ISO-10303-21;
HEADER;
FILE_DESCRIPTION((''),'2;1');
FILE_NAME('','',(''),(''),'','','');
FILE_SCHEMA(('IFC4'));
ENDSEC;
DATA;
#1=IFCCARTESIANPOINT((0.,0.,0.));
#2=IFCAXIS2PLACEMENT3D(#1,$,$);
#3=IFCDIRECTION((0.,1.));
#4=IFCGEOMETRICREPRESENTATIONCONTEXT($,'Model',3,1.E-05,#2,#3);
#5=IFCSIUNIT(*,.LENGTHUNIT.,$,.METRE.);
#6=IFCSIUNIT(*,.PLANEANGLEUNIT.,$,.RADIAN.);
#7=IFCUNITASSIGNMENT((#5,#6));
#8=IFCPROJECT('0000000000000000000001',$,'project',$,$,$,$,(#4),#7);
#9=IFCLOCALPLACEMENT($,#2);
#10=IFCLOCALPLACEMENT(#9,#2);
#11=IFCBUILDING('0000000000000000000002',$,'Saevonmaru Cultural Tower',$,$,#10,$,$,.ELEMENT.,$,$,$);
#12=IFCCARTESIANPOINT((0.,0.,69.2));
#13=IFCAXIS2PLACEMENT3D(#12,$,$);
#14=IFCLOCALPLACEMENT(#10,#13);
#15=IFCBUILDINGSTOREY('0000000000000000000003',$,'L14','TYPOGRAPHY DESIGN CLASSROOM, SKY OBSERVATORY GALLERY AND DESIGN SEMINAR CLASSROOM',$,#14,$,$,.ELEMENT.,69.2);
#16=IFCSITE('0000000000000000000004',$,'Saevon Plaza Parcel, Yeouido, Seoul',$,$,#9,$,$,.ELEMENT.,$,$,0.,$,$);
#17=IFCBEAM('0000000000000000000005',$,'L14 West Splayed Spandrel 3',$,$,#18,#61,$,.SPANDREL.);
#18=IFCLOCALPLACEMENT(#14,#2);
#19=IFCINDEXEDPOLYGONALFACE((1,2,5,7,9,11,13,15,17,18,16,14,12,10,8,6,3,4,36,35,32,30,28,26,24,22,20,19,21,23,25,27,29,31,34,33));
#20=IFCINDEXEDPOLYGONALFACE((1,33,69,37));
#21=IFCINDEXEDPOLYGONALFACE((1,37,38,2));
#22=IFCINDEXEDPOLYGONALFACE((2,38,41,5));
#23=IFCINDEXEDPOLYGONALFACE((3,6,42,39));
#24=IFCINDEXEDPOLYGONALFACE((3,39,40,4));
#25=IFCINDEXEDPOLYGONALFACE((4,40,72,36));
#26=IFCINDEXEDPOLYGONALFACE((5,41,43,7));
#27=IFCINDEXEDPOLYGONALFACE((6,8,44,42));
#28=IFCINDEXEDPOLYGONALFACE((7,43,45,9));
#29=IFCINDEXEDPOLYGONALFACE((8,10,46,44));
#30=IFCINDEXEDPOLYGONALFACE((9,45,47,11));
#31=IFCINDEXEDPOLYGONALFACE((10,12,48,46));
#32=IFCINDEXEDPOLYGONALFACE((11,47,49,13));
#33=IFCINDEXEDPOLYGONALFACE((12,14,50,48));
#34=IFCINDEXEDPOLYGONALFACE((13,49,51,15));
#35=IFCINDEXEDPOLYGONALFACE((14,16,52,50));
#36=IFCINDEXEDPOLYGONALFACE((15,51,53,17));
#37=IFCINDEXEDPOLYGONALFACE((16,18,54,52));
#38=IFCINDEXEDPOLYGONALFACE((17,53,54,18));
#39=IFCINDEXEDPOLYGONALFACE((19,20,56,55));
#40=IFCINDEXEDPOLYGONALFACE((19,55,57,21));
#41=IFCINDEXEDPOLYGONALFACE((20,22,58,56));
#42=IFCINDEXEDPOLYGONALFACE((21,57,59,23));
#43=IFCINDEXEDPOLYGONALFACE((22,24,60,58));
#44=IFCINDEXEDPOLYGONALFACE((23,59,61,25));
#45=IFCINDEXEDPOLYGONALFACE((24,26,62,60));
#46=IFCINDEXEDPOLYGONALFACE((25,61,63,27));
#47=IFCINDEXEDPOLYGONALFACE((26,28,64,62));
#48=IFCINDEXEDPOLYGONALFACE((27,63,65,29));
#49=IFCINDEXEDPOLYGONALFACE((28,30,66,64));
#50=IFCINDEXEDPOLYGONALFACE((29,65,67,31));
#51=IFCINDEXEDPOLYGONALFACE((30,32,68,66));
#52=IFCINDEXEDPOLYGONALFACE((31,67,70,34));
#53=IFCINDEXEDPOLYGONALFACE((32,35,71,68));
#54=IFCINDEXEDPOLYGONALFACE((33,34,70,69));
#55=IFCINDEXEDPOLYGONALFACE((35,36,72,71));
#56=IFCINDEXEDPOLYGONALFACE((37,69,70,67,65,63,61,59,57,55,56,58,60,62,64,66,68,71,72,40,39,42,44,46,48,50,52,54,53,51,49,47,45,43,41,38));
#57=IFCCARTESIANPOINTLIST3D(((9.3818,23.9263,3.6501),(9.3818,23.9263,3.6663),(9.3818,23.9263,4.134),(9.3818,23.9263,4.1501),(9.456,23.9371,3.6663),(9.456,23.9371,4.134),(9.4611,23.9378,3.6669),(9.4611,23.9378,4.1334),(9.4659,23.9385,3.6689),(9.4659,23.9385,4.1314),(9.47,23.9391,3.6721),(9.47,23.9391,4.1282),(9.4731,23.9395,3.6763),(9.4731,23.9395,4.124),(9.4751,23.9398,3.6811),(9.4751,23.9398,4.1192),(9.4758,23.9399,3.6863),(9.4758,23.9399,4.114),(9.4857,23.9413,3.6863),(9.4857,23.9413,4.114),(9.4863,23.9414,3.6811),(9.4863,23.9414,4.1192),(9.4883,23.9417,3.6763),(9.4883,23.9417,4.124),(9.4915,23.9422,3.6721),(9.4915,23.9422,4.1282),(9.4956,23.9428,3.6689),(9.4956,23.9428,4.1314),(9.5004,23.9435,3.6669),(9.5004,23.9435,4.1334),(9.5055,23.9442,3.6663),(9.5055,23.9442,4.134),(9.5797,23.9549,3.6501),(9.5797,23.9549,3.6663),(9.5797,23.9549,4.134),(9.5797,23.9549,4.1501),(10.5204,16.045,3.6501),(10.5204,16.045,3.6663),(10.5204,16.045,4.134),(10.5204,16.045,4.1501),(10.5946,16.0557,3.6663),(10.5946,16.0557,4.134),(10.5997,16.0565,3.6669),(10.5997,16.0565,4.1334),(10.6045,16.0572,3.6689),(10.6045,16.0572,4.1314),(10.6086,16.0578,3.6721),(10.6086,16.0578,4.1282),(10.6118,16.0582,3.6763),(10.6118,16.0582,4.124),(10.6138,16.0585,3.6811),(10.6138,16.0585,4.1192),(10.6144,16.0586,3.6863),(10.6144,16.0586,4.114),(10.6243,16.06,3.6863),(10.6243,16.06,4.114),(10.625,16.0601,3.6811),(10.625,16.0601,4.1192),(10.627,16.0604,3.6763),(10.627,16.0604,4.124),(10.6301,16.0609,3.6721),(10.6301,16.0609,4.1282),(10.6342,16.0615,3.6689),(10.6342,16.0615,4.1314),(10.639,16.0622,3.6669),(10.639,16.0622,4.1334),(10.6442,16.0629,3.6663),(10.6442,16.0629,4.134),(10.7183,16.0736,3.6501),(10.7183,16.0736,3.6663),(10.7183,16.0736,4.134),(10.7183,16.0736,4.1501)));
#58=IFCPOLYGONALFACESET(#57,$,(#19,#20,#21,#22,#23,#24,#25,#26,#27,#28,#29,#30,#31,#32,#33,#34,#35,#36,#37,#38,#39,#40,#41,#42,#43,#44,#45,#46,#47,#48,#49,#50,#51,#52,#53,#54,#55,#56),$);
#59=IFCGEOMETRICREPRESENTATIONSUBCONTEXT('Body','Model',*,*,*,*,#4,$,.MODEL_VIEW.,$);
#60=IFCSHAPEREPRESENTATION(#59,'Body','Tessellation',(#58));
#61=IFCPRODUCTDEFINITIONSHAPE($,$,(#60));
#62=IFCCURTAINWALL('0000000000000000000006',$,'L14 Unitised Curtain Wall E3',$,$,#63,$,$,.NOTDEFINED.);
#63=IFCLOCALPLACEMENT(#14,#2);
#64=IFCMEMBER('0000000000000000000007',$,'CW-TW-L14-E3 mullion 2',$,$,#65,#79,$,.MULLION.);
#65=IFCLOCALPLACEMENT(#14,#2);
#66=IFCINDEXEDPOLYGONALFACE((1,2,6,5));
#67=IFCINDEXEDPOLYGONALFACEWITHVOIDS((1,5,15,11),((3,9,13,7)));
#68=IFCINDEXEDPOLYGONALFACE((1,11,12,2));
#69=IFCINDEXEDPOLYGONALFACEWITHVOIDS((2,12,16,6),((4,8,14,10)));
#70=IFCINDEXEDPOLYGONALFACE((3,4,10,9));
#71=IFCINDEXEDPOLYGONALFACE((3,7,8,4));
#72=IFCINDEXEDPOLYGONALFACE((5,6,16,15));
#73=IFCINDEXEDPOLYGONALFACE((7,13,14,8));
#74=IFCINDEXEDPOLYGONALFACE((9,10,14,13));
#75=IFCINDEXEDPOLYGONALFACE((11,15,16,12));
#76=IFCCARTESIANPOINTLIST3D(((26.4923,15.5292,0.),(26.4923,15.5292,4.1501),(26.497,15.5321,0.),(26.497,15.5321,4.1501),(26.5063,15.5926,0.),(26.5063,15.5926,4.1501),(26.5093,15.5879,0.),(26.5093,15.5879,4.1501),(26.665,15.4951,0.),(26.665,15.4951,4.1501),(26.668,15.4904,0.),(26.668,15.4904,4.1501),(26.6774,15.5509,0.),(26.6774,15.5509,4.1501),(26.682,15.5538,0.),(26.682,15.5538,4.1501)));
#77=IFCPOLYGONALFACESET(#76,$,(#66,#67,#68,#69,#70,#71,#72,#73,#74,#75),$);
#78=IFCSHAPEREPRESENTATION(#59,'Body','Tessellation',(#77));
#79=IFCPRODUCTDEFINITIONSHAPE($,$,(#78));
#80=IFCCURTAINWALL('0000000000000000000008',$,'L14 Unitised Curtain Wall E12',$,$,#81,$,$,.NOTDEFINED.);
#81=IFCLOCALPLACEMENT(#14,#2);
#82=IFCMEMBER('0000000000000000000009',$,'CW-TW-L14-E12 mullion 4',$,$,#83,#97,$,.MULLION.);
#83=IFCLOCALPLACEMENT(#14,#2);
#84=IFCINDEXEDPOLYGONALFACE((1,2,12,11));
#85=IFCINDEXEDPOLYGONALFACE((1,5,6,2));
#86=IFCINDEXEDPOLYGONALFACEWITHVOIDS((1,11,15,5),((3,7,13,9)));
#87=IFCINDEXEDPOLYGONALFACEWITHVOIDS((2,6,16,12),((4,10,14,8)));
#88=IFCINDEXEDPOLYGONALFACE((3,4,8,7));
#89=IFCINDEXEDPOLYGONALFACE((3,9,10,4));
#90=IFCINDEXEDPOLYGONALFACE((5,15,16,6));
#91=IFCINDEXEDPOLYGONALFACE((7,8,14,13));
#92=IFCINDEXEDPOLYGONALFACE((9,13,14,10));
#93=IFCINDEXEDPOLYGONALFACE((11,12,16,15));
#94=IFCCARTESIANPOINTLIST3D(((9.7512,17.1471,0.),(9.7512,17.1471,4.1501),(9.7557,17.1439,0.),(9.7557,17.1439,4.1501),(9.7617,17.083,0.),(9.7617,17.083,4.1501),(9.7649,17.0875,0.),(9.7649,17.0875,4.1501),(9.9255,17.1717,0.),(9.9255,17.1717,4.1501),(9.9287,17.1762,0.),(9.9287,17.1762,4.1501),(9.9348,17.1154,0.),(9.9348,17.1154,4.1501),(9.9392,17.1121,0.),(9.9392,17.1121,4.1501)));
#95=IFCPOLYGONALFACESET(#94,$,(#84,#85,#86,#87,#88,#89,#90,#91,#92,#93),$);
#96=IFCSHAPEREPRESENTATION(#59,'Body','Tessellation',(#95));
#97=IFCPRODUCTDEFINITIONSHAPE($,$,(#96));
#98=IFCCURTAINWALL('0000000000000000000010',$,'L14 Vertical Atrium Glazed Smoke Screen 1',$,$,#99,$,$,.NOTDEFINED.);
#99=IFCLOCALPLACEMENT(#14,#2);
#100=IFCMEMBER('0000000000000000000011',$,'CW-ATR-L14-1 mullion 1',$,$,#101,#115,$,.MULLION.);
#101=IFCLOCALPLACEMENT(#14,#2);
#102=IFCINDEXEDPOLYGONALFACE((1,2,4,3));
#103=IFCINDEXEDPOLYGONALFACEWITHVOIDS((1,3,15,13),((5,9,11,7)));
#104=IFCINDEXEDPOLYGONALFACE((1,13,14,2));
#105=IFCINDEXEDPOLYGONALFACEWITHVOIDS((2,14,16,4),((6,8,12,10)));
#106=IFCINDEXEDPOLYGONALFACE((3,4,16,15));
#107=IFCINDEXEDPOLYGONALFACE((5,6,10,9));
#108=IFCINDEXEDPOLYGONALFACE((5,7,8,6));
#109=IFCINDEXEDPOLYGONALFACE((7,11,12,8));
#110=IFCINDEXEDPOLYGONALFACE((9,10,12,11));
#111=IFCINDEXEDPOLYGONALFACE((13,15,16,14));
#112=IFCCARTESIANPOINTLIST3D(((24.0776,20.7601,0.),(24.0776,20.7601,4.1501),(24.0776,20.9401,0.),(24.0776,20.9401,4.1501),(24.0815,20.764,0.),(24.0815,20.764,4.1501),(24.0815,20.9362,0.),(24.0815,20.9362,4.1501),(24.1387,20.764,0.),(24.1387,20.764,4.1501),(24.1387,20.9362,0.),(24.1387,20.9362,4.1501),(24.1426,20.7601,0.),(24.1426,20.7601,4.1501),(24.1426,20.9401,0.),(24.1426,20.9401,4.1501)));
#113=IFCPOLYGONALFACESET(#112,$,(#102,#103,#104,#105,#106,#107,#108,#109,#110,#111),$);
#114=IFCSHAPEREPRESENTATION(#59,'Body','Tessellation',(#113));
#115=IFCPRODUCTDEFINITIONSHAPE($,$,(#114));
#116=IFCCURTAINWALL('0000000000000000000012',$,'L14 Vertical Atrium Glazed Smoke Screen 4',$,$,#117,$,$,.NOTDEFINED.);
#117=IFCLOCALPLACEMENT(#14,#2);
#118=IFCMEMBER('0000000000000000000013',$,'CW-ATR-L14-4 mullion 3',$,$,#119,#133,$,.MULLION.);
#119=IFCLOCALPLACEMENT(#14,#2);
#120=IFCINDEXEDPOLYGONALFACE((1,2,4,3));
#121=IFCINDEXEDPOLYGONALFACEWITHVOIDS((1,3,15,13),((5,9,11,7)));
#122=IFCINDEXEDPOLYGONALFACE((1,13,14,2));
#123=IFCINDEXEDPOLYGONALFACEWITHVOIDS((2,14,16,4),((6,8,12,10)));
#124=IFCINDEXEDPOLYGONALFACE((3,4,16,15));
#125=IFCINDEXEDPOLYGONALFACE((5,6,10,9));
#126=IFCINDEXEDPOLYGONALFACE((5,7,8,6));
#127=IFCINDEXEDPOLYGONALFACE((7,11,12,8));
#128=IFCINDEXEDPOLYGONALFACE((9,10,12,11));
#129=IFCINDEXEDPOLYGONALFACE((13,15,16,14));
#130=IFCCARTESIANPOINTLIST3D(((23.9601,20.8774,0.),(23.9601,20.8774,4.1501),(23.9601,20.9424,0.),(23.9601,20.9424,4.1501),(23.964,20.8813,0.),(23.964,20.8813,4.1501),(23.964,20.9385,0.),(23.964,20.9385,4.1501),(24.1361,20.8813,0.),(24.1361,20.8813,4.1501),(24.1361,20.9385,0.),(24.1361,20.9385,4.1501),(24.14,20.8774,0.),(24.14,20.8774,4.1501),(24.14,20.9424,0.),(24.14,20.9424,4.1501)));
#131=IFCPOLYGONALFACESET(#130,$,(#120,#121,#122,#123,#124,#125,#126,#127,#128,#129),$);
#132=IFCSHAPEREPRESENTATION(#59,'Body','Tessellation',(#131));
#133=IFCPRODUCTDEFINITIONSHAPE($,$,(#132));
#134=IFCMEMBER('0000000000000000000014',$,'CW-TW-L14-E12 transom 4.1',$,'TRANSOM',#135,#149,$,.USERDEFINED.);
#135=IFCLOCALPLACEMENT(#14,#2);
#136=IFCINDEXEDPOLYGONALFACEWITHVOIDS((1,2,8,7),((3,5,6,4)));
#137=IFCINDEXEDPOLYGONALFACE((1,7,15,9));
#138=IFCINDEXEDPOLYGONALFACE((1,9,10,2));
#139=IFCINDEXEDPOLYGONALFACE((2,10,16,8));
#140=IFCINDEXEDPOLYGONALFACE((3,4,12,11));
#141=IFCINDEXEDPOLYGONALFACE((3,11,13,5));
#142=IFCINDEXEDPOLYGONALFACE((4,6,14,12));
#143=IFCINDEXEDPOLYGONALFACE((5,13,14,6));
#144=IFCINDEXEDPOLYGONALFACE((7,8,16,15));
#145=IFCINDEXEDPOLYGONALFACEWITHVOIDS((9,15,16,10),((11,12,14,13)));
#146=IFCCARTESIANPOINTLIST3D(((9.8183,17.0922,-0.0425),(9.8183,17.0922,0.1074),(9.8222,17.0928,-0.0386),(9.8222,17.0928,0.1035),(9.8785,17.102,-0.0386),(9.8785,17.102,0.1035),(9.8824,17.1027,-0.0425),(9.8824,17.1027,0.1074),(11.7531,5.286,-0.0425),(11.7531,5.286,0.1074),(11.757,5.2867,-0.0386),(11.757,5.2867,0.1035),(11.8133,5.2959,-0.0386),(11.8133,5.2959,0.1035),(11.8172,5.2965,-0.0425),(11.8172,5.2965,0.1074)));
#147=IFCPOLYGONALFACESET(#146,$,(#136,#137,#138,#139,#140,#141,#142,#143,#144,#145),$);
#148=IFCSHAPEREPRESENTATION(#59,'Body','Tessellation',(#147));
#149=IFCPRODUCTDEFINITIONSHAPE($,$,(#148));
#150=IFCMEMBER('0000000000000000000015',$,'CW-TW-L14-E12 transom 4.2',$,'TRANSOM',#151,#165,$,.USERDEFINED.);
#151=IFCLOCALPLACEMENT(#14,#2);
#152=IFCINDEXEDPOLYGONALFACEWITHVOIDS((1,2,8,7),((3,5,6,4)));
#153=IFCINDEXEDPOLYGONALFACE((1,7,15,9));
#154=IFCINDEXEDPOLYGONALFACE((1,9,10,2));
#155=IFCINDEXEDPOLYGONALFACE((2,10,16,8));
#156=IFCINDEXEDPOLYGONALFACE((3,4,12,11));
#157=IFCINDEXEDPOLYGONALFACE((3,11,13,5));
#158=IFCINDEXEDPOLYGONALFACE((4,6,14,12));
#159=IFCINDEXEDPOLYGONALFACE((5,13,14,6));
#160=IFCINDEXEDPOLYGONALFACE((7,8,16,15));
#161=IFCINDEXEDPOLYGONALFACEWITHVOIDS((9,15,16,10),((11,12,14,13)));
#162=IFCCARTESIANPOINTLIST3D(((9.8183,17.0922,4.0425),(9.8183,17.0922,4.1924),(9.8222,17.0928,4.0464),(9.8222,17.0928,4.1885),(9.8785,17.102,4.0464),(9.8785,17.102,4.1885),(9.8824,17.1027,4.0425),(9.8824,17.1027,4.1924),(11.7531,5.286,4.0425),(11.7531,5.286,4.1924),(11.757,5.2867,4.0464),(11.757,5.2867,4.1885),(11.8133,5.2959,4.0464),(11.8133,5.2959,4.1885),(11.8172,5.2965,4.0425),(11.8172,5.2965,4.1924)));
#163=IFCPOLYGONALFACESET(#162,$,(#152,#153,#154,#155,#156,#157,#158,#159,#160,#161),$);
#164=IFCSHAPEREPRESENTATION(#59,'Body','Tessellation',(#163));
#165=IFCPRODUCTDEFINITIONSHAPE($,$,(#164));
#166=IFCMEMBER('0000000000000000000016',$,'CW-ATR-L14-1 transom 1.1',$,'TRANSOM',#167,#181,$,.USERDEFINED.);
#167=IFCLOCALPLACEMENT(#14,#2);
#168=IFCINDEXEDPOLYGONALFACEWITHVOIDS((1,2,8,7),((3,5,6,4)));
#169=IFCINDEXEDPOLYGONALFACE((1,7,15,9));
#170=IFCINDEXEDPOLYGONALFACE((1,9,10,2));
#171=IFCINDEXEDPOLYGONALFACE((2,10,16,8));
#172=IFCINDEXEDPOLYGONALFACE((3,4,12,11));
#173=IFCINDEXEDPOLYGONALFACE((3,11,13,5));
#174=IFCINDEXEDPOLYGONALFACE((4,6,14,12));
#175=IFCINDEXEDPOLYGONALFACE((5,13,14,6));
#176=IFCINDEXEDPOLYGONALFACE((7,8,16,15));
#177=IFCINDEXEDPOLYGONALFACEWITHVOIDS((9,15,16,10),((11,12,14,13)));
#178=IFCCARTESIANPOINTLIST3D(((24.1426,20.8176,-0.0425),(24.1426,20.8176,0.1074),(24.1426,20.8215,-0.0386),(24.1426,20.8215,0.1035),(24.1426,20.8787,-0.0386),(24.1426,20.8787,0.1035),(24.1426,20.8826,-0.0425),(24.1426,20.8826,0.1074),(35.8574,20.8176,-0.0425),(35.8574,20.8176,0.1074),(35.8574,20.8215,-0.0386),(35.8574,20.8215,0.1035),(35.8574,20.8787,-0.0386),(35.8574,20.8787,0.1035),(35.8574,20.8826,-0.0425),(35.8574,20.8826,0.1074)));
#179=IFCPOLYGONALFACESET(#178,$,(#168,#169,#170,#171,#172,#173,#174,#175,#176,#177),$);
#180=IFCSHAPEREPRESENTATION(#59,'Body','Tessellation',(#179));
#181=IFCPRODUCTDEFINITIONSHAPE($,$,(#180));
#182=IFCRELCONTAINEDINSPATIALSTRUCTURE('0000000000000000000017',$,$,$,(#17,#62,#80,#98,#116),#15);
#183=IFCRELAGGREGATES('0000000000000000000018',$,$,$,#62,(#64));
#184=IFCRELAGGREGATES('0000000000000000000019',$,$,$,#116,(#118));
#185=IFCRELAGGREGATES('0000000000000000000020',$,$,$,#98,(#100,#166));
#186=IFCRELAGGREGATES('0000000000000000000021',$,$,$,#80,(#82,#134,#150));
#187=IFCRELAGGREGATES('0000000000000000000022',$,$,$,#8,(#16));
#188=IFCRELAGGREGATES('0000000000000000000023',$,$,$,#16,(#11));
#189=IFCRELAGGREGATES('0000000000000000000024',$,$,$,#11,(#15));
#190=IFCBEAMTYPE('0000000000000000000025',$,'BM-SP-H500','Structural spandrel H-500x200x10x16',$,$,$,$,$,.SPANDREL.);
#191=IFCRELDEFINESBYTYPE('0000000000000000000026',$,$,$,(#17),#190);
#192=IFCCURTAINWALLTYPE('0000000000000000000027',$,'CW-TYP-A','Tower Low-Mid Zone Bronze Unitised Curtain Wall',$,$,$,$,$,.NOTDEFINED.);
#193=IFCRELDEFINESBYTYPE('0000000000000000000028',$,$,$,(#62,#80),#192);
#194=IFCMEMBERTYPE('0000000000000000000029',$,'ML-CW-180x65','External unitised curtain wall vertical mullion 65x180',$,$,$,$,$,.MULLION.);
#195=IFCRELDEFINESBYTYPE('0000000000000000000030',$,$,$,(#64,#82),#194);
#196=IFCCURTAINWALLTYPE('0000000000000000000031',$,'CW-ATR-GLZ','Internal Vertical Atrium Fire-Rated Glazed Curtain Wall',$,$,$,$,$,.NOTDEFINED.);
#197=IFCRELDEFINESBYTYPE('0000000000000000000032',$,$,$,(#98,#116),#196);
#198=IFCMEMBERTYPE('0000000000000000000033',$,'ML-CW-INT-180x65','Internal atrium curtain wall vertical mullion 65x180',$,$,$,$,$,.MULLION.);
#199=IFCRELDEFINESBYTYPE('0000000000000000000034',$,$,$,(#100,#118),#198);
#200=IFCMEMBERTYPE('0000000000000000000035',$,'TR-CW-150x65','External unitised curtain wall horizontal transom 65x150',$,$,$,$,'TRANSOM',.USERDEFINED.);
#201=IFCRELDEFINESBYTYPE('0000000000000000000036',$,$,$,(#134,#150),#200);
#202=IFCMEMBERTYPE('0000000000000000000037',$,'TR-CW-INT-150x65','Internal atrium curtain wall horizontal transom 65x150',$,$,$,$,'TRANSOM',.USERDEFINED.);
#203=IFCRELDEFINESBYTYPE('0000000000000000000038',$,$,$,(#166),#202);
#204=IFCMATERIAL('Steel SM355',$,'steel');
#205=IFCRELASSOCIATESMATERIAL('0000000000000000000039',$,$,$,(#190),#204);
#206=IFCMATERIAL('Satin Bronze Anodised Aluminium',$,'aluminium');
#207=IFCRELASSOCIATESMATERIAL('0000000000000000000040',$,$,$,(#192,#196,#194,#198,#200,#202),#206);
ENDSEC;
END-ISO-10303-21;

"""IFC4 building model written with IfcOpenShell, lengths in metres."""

from ifc_helpers import new_model, si_unit, direction, frame, origin, origin_2d, place, context, subcontext, project, spatial, hollow_rectangle, i_section, extrude, material, material_profile, profile_set, type_object, element, aggregate, save


model = new_model("IFC4")

# Units and contexts
model_context = context("Model", 3, precision=1e-05, world=origin(), true_north=direction((0.0, 1.0)))
body_context = subcontext(model_context, "Body", "Model", "MODEL_VIEW")
ifc_project = project(units=[si_unit("LENGTHUNIT", "METRE"), si_unit("PLANEANGLEUNIT", "RADIAN")], contexts=[model_context])

# Site, building, storey
site_placement = place(None, origin())
site = spatial("IfcSite", under=ifc_project, at=site_placement, Name="Saevon Plaza Parcel, Yeouido, Seoul", CompositionType="ELEMENT", RefElevation=0.0)
building_placement = place(site_placement, origin())
building = spatial("IfcBuilding", under=site, at=building_placement, Name="Saevonmaru Cultural Tower", CompositionType="ELEMENT")
storey_placement = place(building_placement, frame((0.0, 0.0, 69.2)))
storey = spatial("IfcBuildingStorey", under=building, at=storey_placement, Name="L14", Description="TYPOGRAPHY DESIGN CLASSROOM, SKY OBSERVATORY GALLERY AND DESIGN SEMINAR CLASSROOM", CompositionType="ELEMENT", Elevation=69.2)

# Beam
ifc_material_1 = material(Name="Steel SM355", Category="steel")
ifc_material_profile_1 = material_profile(ifc_material_1, i_section(OverallWidth=0.2, OverallDepth=0.5, WebThickness=0.01, FlangeThickness=0.0161, FilletRadius=0.02, at=origin_2d()), Name="H-500x200x10x16")
ifc_profile_set_1 = profile_set([ifc_material_profile_1], Name="Steel SM355")
beam_type_1 = type_object("IfcBeamType", Name="BM-SP-H500", Description="Structural spandrel H-500x200x10x16", PredefinedType="SPANDREL", material=ifc_profile_set_1)
beam_1_placement = place(storey_placement, frame((10.6194, 16.0593, 3.9001), z_axis=(-0.142992, 0.989724, 0.0), x_axis=(-0.989724, -0.142992, 0.0)))
element("IfcBeam", 1, at=beam_1_placement, inside=storey, type_object=beam_type_1, Name="L14 West Splayed Spandrel 3", PredefinedType="SPANDREL", context=body_context, shape_type="SweptSolid", body=[
    extrude(i_section(OverallWidth=0.2, OverallDepth=0.5, WebThickness=0.01, FlangeThickness=0.0161, FilletRadius=0.02, at=origin_2d()), origin(), (0.0, 0.0, 1.0), 7.9631),
])

# Curtain walls, members
ifc_material_2 = material(Name="Satin Bronze Anodised Aluminium", Category="aluminium")
curtain_wall_type_1 = type_object("IfcCurtainWallType", Name="CW-TYP-A", Description="Tower Low-Mid Zone Bronze Unitised Curtain Wall", PredefinedType="NOTDEFINED", material=ifc_material_2)
curtain_wall_1_placement = place(storey_placement, origin())
curtain_wall_1 = element("IfcCurtainWall", 2, at=curtain_wall_1_placement, inside=storey, type_object=curtain_wall_type_1, Name="L14 Unitised Curtain Wall E3", PredefinedType="NOTDEFINED")
ifc_material_profile_2 = material_profile(ifc_material_2, hollow_rectangle(XDim=0.0649, YDim=0.1799, WallThickness=0.0039, at=origin_2d()), Name="ALU-MULL-180x65x4")
ifc_profile_set_2 = profile_set([ifc_material_profile_2], Name="Satin Bronze Anodised Aluminium")
member_type_1 = type_object("IfcMemberType", Name="ML-CW-180x65", Description="External unitised curtain wall vertical mullion 65x180", PredefinedType="MULLION", material=ifc_profile_set_2)
member_1_placement = place(storey_placement, frame((26.5872, 15.5415, 0.0), z_axis=(0.0, 0.0, 1.0), x_axis=(0.215413, 0.976523, 0.0)))
member_1 = element("IfcMember", 3, at=member_1_placement, type_object=member_type_1, Name="CW-TW-L14-E3 mullion 2", PredefinedType="MULLION", context=body_context, shape_type="SweptSolid", body=[
    extrude(hollow_rectangle(XDim=0.0649, YDim=0.1799, WallThickness=0.0039, at=origin_2d()), origin(), (0.0, 0.0, 1.0), 4.1501),
])
aggregate(curtain_wall_1, [member_1])
curtain_wall_2_placement = place(storey_placement, origin())
curtain_wall_2 = element("IfcCurtainWall", 4, at=curtain_wall_2_placement, inside=storey, type_object=curtain_wall_type_1, Name="L14 Unitised Curtain Wall E12", PredefinedType="NOTDEFINED")
member_2_placement = place(storey_placement, frame((9.8452, 17.1296, 0.0), z_axis=(0.0, 0.0, 1.0), x_axis=(0.161709, -0.986839, 0.0)))
member_2 = element("IfcMember", 5, at=member_2_placement, type_object=member_type_1, Name="CW-TW-L14-E12 mullion 4", PredefinedType="MULLION", context=body_context, shape_type="SweptSolid", body=[
    extrude(hollow_rectangle(XDim=0.0649, YDim=0.1799, WallThickness=0.0039, at=origin_2d()), origin(), (0.0, 0.0, 1.0), 4.1501),
])
curtain_wall_type_2 = type_object("IfcCurtainWallType", Name="CW-ATR-GLZ", Description="Internal Vertical Atrium Fire-Rated Glazed Curtain Wall", PredefinedType="NOTDEFINED", material=ifc_material_2)
curtain_wall_3_placement = place(storey_placement, origin())
curtain_wall_3 = element("IfcCurtainWall", 6, at=curtain_wall_3_placement, inside=storey, type_object=curtain_wall_type_2, Name="L14 Vertical Atrium Glazed Smoke Screen 1", PredefinedType="NOTDEFINED")
ifc_material_profile_3 = material_profile(ifc_material_2, hollow_rectangle(XDim=0.0649, YDim=0.1799, WallThickness=0.0039, at=origin_2d()), Name="ALU-MULL-180x65x4")
ifc_profile_set_3 = profile_set([ifc_material_profile_3], Name="Satin Bronze Anodised Aluminium")
member_type_2 = type_object("IfcMemberType", Name="ML-CW-INT-180x65", Description="Internal atrium curtain wall vertical mullion 65x180", PredefinedType="MULLION", material=ifc_profile_set_3)
member_3_placement = place(storey_placement, frame((24.1101, 20.8501, 0.0), z_axis=(0.0, 0.0, 1.0), x_axis=(1.0, 0.0, 0.0)))
member_3 = element("IfcMember", 7, at=member_3_placement, type_object=member_type_2, Name="CW-ATR-L14-1 mullion 1", PredefinedType="MULLION", context=body_context, shape_type="SweptSolid", body=[
    extrude(hollow_rectangle(XDim=0.0649, YDim=0.1799, WallThickness=0.0039, at=origin_2d()), origin(), (0.0, 0.0, 1.0), 4.1501),
])
curtain_wall_4_placement = place(storey_placement, origin())
curtain_wall_4 = element("IfcCurtainWall", 8, at=curtain_wall_4_placement, inside=storey, type_object=curtain_wall_type_2, Name="L14 Vertical Atrium Glazed Smoke Screen 4", PredefinedType="NOTDEFINED")
member_4_placement = place(storey_placement, frame((24.05, 20.9099, 0.0), z_axis=(0.0, 0.0, 1.0), x_axis=(0.0, -1.0, 0.0)))
member_4 = element("IfcMember", 9, at=member_4_placement, type_object=member_type_2, Name="CW-ATR-L14-4 mullion 3", PredefinedType="MULLION", context=body_context, shape_type="SweptSolid", body=[
    extrude(hollow_rectangle(XDim=0.0649, YDim=0.1799, WallThickness=0.0039, at=origin_2d()), origin(), (0.0, 0.0, 1.0), 4.1501),
])
aggregate(curtain_wall_4, [member_4])

# Members
ifc_material_profile_4 = material_profile(ifc_material_2, hollow_rectangle(XDim=0.0649, YDim=0.1499, WallThickness=0.0039, at=origin_2d()), Name="ALU-TRAN-150x65x4")
ifc_profile_set_4 = profile_set([ifc_material_profile_4], Name="Satin Bronze Anodised Aluminium")
member_type_3 = type_object("IfcMemberType", Name="TR-CW-150x65", Description="External unitised curtain wall horizontal transom 65x150", ElementType="TRANSOM", PredefinedType="USERDEFINED", material=ifc_profile_set_4)
member_5_placement = place(storey_placement, frame((9.8503, 17.0974, 0.0325), z_axis=(0.161725, -0.986836, 0.0), x_axis=(0.986836, 0.161725, 0.0)))
member_5 = element("IfcMember", 10, at=member_5_placement, type_object=member_type_3, Name="CW-TW-L14-E12 transom 4.1", ObjectType="TRANSOM", PredefinedType="USERDEFINED", context=body_context, shape_type="SweptSolid", body=[
    extrude(hollow_rectangle(XDim=0.0649, YDim=0.1499, WallThickness=0.0039, at=origin_2d()), origin(), (0.0, 0.0, 1.0), 11.9636),
])
member_6_placement = place(storey_placement, frame((9.8503, 17.0974, 4.1174), z_axis=(0.161725, -0.986836, 0.0), x_axis=(0.986836, 0.161725, 0.0)))
member_6 = element("IfcMember", 11, at=member_6_placement, type_object=member_type_3, Name="CW-TW-L14-E12 transom 4.2", ObjectType="TRANSOM", PredefinedType="USERDEFINED", context=body_context, shape_type="SweptSolid", body=[
    extrude(hollow_rectangle(XDim=0.0649, YDim=0.1499, WallThickness=0.0039, at=origin_2d()), origin(), (0.0, 0.0, 1.0), 11.9636),
])
ifc_material_profile_5 = material_profile(ifc_material_2, hollow_rectangle(XDim=0.0649, YDim=0.1499, WallThickness=0.0039, at=origin_2d()), Name="ALU-TRAN-150x65x4")
ifc_profile_set_5 = profile_set([ifc_material_profile_5], Name="Satin Bronze Anodised Aluminium")
member_type_4 = type_object("IfcMemberType", Name="TR-CW-INT-150x65", Description="Internal atrium curtain wall horizontal transom 65x150", ElementType="TRANSOM", PredefinedType="USERDEFINED", material=ifc_profile_set_5)
member_7_placement = place(storey_placement, frame((24.1426, 20.8501, 0.0325), z_axis=(1.0, 0.0, 0.0), x_axis=(0.0, 1.0, 0.0)))
member_7 = element("IfcMember", 12, at=member_7_placement, type_object=member_type_4, Name="CW-ATR-L14-1 transom 1.1", ObjectType="TRANSOM", PredefinedType="USERDEFINED", context=body_context, shape_type="SweptSolid", body=[
    extrude(hollow_rectangle(XDim=0.0649, YDim=0.1499, WallThickness=0.0039, at=origin_2d()), origin(), (0.0, 0.0, 1.0), 11.7148),
])
aggregate(curtain_wall_3, [member_3, member_7])

aggregate(curtain_wall_2, [member_2, member_5, member_6])

save(model, "model.ifc")
